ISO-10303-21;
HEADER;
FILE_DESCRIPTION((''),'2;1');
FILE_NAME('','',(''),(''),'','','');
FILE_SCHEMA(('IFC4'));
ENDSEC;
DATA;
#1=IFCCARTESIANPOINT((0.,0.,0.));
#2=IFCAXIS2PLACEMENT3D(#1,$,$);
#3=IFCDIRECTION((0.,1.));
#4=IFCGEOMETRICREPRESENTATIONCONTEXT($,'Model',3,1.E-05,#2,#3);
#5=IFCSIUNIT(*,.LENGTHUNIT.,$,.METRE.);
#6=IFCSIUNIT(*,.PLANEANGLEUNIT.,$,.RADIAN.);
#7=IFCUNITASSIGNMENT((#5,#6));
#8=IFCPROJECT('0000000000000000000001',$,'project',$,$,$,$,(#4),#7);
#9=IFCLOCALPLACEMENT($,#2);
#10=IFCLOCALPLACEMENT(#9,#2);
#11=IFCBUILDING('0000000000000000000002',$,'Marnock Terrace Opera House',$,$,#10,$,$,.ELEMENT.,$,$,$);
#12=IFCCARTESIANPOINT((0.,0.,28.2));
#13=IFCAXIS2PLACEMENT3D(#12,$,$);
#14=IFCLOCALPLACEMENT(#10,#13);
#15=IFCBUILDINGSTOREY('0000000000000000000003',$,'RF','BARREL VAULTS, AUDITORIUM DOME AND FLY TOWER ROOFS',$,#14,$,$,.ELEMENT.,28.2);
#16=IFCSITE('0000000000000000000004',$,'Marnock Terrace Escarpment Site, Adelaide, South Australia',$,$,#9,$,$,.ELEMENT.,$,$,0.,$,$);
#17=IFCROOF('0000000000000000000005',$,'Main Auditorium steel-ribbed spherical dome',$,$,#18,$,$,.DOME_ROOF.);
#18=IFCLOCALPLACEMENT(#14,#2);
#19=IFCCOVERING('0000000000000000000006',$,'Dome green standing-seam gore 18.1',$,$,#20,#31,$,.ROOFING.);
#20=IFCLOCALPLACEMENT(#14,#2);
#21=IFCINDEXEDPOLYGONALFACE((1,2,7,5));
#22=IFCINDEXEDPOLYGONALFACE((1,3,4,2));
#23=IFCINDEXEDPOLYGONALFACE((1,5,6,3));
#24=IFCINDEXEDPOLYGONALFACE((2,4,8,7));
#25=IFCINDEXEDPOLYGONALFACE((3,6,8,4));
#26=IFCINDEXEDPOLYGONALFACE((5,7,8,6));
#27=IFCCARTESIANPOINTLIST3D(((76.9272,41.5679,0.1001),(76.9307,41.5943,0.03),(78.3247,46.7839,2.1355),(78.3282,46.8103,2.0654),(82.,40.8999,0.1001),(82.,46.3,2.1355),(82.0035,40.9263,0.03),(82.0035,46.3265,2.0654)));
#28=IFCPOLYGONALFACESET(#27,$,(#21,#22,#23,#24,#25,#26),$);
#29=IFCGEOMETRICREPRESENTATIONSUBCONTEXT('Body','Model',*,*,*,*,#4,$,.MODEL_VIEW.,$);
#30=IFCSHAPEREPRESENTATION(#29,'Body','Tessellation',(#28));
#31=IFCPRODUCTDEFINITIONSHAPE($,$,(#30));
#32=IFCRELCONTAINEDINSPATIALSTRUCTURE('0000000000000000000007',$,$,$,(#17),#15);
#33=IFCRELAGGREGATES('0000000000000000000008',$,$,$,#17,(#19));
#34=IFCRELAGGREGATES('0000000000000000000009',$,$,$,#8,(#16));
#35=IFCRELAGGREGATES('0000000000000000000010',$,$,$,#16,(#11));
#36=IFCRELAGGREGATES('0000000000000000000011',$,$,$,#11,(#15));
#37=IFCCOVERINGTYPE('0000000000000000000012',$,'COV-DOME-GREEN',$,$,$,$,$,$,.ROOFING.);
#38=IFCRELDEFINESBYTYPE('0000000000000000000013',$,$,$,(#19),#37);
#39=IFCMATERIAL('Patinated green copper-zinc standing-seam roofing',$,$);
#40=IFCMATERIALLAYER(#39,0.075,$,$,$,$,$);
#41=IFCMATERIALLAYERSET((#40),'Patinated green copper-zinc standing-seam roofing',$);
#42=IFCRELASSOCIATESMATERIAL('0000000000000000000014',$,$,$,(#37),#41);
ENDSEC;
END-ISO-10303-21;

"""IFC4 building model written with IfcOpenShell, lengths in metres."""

from ifc_helpers import new_model, si_unit, direction, frame, origin, place, context, subcontext, project, spatial, polyline, outline, extrude, material, layer, layer_set, type_object, element, aggregate, save


model = new_model("IFC4")

# Units and contexts
model_context = context("Model", 3, precision=1e-05, world=origin(), true_north=direction((0.0, 1.0)))
body_context = subcontext(model_context, "Body", "Model", "MODEL_VIEW")
ifc_project = project(units=[si_unit("LENGTHUNIT", "METRE"), si_unit("PLANEANGLEUNIT", "RADIAN")], contexts=[model_context])

# Site, building, storey
site_placement = place(None, origin())
site = spatial("IfcSite", under=ifc_project, at=site_placement, Name="Marnock Terrace Escarpment Site, Adelaide, South Australia", CompositionType="ELEMENT", RefElevation=0.0)
building_placement = place(site_placement, origin())
building = spatial("IfcBuilding", under=site, at=building_placement, Name="Marnock Terrace Opera House", CompositionType="ELEMENT")
storey_placement = place(building_placement, frame((0.0, 0.0, 28.2)))
storey = spatial("IfcBuildingStorey", under=building, at=storey_placement, Name="RF", Description="BARREL VAULTS, AUDITORIUM DOME AND FLY TOWER ROOFS", CompositionType="ELEMENT", Elevation=28.2)

# Roof, covering
roof_placement = place(storey_placement, origin())
roof = element("IfcRoof", 1, at=roof_placement, inside=storey, Name="Main Auditorium steel-ribbed spherical dome", PredefinedType="DOME_ROOF")
ifc_material_1 = material(Name="Patinated green copper-zinc standing-seam roofing")
ifc_layer_1 = layer(ifc_material_1, 0.075)
ifc_layer_set_1 = layer_set([ifc_layer_1], Name="Patinated green copper-zinc standing-seam roofing")
covering_type = type_object("IfcCoveringType", Name="COV-DOME-GREEN", PredefinedType="ROOFING", material=ifc_layer_set_1)
covering_1_placement = place(storey_placement, frame((76.9272, 41.5679, 0.1001), z_axis=(-0.04639, -0.352317, 0.93473), x_axis=(0.991442, -0.13055, -0.000003)))
covering_1 = element("IfcCovering", 2, at=covering_1_placement, type_object=covering_type, Name="Dome green standing-seam gore 18.1", PredefinedType="ROOFING", context=body_context, shape_type="SweptSolid", body=[
    extrude(outline(polyline([(0.0, 0.0), (5.1165, 0.0), (4.4115, 5.7278), (0.7045, 5.7277), (0.0, 0.0)])), origin(), (0.0, 0.0, -1.0), 0.075),
])
aggregate(roof, [covering_1])

save(model, "model.ifc")
